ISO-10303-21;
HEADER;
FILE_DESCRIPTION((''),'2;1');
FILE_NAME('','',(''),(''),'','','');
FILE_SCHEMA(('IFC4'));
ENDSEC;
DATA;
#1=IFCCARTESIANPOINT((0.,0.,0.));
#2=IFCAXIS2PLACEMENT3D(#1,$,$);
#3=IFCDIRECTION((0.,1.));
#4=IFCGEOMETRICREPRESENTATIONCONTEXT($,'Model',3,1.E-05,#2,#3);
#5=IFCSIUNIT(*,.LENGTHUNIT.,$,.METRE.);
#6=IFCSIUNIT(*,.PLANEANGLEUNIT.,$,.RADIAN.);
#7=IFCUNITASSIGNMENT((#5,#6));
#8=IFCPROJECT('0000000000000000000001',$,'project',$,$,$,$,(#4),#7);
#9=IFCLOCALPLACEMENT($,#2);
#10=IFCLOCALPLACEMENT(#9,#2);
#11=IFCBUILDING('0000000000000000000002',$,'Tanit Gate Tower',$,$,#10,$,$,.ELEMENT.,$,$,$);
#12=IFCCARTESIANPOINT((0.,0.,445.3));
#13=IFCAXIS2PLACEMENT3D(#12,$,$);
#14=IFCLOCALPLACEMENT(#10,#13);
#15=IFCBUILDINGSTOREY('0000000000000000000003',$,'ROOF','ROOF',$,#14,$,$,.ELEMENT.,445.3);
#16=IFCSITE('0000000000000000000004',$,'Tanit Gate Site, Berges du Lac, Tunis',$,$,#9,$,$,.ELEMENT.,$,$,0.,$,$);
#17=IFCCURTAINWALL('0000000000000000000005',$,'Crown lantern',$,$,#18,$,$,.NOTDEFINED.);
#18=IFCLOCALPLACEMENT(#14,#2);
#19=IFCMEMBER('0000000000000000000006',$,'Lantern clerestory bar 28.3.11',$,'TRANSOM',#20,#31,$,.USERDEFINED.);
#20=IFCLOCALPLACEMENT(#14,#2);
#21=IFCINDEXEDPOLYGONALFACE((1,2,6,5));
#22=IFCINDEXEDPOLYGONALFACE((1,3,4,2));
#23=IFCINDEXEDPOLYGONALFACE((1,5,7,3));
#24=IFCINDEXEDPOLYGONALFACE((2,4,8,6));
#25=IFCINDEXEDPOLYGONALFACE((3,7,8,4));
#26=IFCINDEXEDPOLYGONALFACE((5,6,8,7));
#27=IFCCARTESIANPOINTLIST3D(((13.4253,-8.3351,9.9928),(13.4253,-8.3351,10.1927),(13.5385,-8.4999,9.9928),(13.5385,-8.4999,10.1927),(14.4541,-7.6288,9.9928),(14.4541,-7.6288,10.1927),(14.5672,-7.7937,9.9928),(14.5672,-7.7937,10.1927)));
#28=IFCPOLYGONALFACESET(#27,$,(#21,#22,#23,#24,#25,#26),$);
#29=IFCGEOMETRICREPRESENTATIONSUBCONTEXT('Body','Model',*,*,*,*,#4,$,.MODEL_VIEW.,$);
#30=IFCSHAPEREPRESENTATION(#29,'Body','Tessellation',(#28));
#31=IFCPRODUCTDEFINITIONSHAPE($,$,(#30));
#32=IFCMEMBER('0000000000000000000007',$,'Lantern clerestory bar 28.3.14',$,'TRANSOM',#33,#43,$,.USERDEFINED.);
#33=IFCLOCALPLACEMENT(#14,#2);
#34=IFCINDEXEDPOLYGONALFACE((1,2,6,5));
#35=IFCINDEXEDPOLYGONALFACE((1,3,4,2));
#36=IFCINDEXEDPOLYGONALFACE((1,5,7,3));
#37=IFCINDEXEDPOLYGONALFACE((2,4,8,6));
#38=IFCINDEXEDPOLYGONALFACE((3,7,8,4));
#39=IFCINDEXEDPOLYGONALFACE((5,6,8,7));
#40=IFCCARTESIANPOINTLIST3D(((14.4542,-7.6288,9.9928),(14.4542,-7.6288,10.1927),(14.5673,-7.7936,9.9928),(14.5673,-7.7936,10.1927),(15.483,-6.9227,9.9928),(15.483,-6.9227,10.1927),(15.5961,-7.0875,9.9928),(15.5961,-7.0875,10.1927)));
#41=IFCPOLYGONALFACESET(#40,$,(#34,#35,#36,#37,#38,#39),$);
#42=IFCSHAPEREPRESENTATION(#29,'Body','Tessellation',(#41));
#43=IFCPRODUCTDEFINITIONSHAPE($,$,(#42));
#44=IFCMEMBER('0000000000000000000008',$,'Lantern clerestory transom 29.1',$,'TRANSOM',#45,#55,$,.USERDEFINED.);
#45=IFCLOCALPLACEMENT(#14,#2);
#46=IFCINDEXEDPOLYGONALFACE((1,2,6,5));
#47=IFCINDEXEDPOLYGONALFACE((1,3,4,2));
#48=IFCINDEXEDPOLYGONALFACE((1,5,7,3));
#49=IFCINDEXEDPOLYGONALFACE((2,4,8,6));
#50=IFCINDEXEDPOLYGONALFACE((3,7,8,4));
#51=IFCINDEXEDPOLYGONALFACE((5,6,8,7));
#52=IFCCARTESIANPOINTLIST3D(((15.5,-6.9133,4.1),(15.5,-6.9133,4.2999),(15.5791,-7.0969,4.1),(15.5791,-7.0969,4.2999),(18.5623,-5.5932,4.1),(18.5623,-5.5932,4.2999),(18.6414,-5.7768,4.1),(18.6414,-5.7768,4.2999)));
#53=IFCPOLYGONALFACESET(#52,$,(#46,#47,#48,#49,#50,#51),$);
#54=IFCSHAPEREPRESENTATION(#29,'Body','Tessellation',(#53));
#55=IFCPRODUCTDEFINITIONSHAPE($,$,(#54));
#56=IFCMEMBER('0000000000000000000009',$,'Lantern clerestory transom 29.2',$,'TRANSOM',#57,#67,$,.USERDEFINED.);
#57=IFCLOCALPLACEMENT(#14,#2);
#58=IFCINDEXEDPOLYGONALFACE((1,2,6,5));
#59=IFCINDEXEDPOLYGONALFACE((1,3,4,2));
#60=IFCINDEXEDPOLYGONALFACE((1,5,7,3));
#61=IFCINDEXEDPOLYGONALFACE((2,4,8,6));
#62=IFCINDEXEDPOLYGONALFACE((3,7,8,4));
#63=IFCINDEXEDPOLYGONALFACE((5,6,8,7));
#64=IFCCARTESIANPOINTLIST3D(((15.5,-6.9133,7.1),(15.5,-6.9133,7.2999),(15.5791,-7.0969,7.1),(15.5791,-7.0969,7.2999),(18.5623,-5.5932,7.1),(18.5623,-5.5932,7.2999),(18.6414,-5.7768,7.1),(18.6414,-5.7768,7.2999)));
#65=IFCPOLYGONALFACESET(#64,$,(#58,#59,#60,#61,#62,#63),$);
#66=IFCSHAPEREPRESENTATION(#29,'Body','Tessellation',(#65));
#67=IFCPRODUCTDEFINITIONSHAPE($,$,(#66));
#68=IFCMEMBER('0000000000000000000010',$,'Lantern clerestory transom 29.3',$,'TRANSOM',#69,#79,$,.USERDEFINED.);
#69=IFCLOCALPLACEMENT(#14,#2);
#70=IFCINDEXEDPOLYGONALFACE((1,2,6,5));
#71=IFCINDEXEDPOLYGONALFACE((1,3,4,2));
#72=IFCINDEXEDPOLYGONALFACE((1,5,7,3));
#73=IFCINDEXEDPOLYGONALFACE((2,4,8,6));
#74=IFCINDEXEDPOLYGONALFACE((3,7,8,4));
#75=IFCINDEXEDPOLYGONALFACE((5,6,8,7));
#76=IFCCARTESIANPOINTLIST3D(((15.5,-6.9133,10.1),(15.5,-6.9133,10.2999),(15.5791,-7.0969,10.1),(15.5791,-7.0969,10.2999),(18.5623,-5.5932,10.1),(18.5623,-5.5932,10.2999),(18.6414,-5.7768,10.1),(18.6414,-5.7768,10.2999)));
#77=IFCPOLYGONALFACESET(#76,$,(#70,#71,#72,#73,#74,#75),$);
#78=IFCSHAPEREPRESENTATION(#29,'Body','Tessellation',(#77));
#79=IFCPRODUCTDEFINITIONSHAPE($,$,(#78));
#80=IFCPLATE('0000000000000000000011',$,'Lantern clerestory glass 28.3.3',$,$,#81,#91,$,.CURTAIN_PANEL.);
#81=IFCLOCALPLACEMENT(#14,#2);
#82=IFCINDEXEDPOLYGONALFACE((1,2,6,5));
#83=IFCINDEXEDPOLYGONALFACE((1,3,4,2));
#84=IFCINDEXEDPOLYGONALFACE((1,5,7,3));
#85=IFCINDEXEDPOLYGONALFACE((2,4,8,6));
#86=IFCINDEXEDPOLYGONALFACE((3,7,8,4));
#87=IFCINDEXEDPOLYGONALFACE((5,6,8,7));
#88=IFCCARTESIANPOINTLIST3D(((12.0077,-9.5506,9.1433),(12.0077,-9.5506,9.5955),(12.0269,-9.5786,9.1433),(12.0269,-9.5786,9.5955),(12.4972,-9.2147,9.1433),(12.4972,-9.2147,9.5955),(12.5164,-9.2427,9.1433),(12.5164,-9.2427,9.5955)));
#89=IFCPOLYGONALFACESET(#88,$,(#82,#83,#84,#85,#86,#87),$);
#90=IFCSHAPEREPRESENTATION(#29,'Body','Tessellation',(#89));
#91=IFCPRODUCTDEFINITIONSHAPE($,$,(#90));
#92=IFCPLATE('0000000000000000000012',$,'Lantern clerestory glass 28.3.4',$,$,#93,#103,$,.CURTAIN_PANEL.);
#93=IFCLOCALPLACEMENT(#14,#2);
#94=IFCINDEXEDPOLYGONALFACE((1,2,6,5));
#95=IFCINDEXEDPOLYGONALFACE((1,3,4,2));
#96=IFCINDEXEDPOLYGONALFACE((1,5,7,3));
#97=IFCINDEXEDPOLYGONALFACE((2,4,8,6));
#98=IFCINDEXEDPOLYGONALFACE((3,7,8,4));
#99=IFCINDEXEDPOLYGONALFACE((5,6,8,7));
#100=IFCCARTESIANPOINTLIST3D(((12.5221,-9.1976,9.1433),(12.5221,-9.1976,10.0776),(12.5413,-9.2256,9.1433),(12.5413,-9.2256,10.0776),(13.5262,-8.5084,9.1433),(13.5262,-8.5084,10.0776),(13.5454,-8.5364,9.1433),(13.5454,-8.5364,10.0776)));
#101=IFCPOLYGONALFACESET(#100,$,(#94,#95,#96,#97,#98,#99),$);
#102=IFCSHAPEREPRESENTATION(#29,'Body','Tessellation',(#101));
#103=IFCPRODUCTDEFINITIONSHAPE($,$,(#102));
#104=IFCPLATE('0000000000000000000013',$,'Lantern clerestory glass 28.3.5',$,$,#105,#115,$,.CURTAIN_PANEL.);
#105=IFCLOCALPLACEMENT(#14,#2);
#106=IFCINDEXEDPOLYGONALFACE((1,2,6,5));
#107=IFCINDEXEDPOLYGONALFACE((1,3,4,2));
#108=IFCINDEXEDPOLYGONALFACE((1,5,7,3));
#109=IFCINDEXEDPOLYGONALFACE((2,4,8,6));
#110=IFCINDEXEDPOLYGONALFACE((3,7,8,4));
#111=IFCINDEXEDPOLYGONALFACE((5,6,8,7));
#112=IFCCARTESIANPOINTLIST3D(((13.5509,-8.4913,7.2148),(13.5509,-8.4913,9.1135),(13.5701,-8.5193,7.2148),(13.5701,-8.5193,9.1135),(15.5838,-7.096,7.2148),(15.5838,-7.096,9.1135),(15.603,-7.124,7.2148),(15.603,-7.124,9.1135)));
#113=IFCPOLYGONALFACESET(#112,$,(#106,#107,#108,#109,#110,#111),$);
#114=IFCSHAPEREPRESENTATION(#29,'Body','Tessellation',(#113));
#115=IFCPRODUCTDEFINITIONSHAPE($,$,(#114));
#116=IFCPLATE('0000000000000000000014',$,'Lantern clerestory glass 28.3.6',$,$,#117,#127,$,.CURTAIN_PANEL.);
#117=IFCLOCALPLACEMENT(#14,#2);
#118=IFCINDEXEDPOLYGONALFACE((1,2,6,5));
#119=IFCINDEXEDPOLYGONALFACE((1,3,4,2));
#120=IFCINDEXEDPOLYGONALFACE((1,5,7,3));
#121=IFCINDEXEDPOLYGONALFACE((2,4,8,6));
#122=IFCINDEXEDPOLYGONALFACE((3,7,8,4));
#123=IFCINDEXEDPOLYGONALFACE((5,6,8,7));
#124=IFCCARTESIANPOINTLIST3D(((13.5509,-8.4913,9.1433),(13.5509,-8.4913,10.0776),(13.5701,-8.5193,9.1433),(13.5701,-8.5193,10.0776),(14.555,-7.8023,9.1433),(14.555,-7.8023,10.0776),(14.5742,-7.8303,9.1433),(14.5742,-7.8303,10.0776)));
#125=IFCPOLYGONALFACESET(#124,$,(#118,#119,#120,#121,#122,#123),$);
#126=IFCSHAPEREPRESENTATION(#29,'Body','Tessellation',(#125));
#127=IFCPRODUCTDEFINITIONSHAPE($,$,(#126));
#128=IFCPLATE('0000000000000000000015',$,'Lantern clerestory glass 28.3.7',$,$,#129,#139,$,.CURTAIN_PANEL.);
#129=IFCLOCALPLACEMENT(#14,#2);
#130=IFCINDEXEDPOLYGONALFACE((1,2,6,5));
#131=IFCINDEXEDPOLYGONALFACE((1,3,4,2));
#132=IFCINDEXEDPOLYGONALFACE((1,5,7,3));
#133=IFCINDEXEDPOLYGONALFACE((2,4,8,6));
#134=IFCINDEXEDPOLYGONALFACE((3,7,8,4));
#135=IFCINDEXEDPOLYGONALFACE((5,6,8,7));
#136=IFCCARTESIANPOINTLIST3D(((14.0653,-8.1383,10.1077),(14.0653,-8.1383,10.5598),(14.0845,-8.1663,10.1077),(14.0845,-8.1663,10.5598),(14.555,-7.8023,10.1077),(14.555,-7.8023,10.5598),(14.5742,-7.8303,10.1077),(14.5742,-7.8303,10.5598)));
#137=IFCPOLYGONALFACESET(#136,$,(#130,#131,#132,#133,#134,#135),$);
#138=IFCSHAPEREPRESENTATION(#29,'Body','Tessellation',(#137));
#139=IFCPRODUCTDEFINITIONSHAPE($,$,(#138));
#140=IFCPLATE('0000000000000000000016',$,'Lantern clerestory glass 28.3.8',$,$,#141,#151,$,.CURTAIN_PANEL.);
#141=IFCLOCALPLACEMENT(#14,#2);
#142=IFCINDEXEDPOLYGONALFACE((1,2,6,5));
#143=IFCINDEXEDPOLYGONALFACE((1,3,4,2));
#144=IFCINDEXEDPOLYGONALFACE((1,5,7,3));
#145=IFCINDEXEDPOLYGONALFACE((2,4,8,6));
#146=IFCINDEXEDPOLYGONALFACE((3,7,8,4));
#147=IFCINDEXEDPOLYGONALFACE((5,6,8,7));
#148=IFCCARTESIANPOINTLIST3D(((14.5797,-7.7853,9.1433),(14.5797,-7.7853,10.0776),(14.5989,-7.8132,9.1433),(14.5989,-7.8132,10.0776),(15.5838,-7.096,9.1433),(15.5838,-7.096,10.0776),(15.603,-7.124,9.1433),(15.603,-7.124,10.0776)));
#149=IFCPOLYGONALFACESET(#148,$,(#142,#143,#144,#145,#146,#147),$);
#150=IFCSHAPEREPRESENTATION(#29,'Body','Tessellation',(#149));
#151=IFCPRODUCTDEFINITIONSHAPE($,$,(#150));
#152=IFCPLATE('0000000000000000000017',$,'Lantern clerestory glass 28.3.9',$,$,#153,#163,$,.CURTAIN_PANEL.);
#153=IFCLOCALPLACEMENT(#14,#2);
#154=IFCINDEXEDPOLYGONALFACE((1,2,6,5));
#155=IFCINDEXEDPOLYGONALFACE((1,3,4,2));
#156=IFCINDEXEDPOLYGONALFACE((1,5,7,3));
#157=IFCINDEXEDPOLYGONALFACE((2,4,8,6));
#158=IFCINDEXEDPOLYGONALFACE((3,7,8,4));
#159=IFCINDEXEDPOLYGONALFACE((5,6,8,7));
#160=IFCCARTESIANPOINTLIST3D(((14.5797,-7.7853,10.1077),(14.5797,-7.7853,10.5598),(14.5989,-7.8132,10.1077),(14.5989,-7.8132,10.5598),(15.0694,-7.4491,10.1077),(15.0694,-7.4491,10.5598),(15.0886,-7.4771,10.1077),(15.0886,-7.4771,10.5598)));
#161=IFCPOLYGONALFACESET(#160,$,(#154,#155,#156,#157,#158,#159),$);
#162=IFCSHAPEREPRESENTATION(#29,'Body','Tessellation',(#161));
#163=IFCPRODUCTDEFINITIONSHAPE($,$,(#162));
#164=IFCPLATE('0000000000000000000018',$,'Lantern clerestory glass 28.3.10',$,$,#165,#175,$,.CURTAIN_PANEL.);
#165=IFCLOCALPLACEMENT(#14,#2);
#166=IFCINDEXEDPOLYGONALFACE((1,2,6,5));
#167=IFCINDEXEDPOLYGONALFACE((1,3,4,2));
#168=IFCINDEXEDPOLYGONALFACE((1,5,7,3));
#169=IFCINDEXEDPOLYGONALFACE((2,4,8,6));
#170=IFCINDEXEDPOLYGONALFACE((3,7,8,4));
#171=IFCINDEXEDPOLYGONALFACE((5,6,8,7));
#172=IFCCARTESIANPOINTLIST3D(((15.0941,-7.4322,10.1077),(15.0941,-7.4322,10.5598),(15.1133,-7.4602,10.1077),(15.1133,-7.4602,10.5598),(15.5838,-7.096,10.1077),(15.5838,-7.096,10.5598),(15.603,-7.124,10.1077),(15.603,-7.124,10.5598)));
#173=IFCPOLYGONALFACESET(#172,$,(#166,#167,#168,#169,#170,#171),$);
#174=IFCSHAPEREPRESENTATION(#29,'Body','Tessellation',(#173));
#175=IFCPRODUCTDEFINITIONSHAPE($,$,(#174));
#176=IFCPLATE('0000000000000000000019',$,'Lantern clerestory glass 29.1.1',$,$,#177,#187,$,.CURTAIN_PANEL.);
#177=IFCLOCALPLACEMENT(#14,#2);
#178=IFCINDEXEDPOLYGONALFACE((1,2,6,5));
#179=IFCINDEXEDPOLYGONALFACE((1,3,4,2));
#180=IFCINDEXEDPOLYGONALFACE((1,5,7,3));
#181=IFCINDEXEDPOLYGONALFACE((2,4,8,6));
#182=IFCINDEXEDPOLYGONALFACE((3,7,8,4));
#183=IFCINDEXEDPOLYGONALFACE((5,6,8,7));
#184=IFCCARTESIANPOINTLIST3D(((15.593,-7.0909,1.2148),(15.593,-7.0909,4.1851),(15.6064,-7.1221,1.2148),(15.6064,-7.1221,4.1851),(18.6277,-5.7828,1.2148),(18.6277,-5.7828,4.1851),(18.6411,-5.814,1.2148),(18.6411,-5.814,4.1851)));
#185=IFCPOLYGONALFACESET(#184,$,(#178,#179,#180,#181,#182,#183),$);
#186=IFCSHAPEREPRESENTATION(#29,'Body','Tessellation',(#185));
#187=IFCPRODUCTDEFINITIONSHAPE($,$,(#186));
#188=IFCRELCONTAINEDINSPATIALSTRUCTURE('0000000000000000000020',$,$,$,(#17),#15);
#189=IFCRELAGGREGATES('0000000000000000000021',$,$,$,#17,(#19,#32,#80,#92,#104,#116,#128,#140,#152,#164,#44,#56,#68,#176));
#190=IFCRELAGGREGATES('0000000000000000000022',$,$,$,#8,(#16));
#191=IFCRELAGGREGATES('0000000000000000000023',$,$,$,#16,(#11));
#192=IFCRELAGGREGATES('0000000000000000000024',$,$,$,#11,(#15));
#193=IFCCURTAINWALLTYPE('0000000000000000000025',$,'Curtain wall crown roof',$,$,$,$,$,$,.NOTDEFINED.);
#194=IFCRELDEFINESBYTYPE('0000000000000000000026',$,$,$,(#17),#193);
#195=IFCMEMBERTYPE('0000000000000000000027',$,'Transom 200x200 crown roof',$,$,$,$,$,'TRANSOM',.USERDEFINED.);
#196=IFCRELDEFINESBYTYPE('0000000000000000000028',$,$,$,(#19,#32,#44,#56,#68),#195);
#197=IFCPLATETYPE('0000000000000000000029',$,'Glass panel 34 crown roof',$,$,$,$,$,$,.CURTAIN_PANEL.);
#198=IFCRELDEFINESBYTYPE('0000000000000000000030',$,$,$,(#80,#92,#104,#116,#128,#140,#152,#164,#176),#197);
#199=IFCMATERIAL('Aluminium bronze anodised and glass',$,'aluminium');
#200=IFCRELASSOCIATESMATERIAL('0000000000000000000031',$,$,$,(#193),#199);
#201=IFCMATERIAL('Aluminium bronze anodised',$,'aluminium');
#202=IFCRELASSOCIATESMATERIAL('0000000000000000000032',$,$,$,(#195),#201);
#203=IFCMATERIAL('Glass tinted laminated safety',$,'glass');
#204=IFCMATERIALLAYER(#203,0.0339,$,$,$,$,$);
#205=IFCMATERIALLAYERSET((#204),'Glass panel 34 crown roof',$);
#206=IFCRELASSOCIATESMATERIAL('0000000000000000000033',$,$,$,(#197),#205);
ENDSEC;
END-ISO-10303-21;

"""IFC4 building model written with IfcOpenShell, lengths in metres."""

from ifc_helpers import new_model, si_unit, direction, frame, origin, origin_2d, place, context, subcontext, project, spatial, polyline, rectangle, outline, extrude, material, layer, layer_set, material_profile, profile_set, type_object, element, aggregate, save


model = new_model("IFC4")

# Units and contexts
model_context = context("Model", 3, precision=1e-05, world=origin(), true_north=direction((0.0, 1.0)))
body_context = subcontext(model_context, "Body", "Model", "MODEL_VIEW")
ifc_project = project(units=[si_unit("LENGTHUNIT", "METRE"), si_unit("PLANEANGLEUNIT", "RADIAN")], contexts=[model_context])

# Site, building, storey
site_placement = place(None, origin())
site = spatial("IfcSite", under=ifc_project, at=site_placement, Name="Tanit Gate Site, Berges du Lac, Tunis", CompositionType="ELEMENT", RefElevation=0.0)
building_placement = place(site_placement, origin())
building = spatial("IfcBuilding", under=site, at=building_placement, Name="Tanit Gate Tower", CompositionType="ELEMENT")
storey_placement = place(building_placement, frame((0.0, 0.0, 445.3)))
storey = spatial("IfcBuildingStorey", under=building, at=storey_placement, Name="ROOF", Description="ROOF", CompositionType="ELEMENT", Elevation=445.3)

# Curtain wall, members, plates
ifc_material_1 = material(Name="Aluminium bronze anodised and glass", Category="aluminium")
curtain_wall_type = type_object("IfcCurtainWallType", Name="Curtain wall crown roof", PredefinedType="NOTDEFINED", material=ifc_material_1)
curtain_wall_placement = place(storey_placement, origin())
curtain_wall = element("IfcCurtainWall", 1, at=curtain_wall_placement, inside=storey, type_object=curtain_wall_type, Name="Crown lantern", PredefinedType="NOTDEFINED")
ifc_material_2 = material(Name="Aluminium bronze anodised", Category="aluminium")
ifc_material_profile_1 = material_profile(ifc_material_2, rectangle(XDim=0.2, YDim=0.2, at=origin_2d()), Name="200x200 bronze transom")
ifc_profile_set_1 = profile_set([ifc_material_profile_1], Name="Aluminium bronze anodised")
member_type_1 = type_object("IfcMemberType", Name="Transom 200x200 crown roof", ElementType="TRANSOM", PredefinedType="USERDEFINED", material=ifc_profile_set_1)
member_1_placement = place(storey_placement, frame((13.4819, -8.4175, 10.0928), z_axis=(0.824418, 0.565981, 0.0), x_axis=(-0.565981, 0.824418, 0.0)))
member_1 = element("IfcMember", 2, at=member_1_placement, type_object=member_type_1, Name="Lantern clerestory bar 28.3.11", ObjectType="TRANSOM", PredefinedType="USERDEFINED", context=body_context, shape_type="SweptSolid", body=[
    extrude(rectangle(XDim=0.2, YDim=0.2, at=origin_2d()), origin(), (0.0, 0.0, 1.0), 1.2478),
])
member_2_placement = place(storey_placement, frame((14.5107, -7.7112, 10.0928), z_axis=(0.82451, 0.565848, 0.0), x_axis=(-0.565848, 0.82451, 0.0)))
member_2 = element("IfcMember", 3, at=member_2_placement, type_object=member_type_1, Name="Lantern clerestory bar 28.3.14", ObjectType="TRANSOM", PredefinedType="USERDEFINED", context=body_context, shape_type="SweptSolid", body=[
    extrude(rectangle(XDim=0.2, YDim=0.2, at=origin_2d()), origin(), (0.0, 0.0, 1.0), 1.2478),
])
member_3_placement = place(storey_placement, frame((15.5396, -7.0051, 4.2), z_axis=(0.91831, 0.395862, 0.0), x_axis=(-0.395862, 0.91831, 0.0)))
member_3 = element("IfcMember", 4, at=member_3_placement, type_object=member_type_1, Name="Lantern clerestory transom 29.1", ObjectType="TRANSOM", PredefinedType="USERDEFINED", context=body_context, shape_type="SweptSolid", body=[
    extrude(rectangle(XDim=0.2, YDim=0.2, at=origin_2d()), origin(), (0.0, 0.0, 1.0), 3.3347),
])
member_4_placement = place(storey_placement, frame((15.5396, -7.0051, 7.2), z_axis=(0.91831, 0.395862, 0.0), x_axis=(-0.395862, 0.91831, 0.0)))
member_4 = element("IfcMember", 5, at=member_4_placement, type_object=member_type_1, Name="Lantern clerestory transom 29.2", ObjectType="TRANSOM", PredefinedType="USERDEFINED", context=body_context, shape_type="SweptSolid", body=[
    extrude(rectangle(XDim=0.2, YDim=0.2, at=origin_2d()), origin(), (0.0, 0.0, 1.0), 3.3347),
])
member_5_placement = place(storey_placement, frame((15.5396, -7.0051, 10.2), z_axis=(0.91831, 0.395862, 0.0), x_axis=(-0.395862, 0.91831, 0.0)))
member_5 = element("IfcMember", 6, at=member_5_placement, type_object=member_type_1, Name="Lantern clerestory transom 29.3", ObjectType="TRANSOM", PredefinedType="USERDEFINED", context=body_context, shape_type="SweptSolid", body=[
    extrude(rectangle(XDim=0.2, YDim=0.2, at=origin_2d()), origin(), (0.0, 0.0, 1.0), 3.3347),
])
ifc_material_3 = material(Name="Glass tinted laminated safety", Category="glass")
ifc_layer_1 = layer(ifc_material_3, 0.0339)
ifc_layer_set_1 = layer_set([ifc_layer_1], Name="Glass panel 34 crown roof")
plate_type = type_object("IfcPlateType", Name="Glass panel 34 crown roof", PredefinedType="CURTAIN_PANEL", material=ifc_layer_set_1)
plate_1_placement = place(storey_placement, frame((12.0269, -9.5786, 9.1433), z_axis=(0.565848, -0.82451, 0.0), x_axis=(0.82451, 0.565848, 0.0)))
plate_1 = element("IfcPlate", 7, at=plate_1_placement, type_object=plate_type, Name="Lantern clerestory glass 28.3.3", PredefinedType="CURTAIN_PANEL", context=body_context, shape_type="SweptSolid", body=[
    extrude(outline(polyline([(0.0, 0.0), (0.5937, 0.0), (0.5937, 0.4521), (0.0, 0.4521), (0.0, 0.0)])), origin(), (0.0, 0.0, -1.0), 0.0339),
])
plate_2_placement = place(storey_placement, frame((12.5413, -9.2256, 9.1433), z_axis=(0.565891, -0.82448, 0.0), x_axis=(0.82448, 0.565891, 0.0)))
plate_2 = element("IfcPlate", 8, at=plate_2_placement, type_object=plate_type, Name="Lantern clerestory glass 28.3.4", PredefinedType="CURTAIN_PANEL", context=body_context, shape_type="SweptSolid", body=[
    extrude(outline(polyline([(0.0, 0.0), (1.2179, 0.0), (1.2179, 0.9343), (0.0, 0.9343), (0.0, 0.0)])), origin(), (0.0, 0.0, -1.0), 0.0339),
])
plate_3_placement = place(storey_placement, frame((13.5701, -8.5193, 7.2148), z_axis=(0.565869, -0.824495, 0.0), x_axis=(0.824495, 0.565869, 0.0)))
plate_3 = element("IfcPlate", 9, at=plate_3_placement, type_object=plate_type, Name="Lantern clerestory glass 28.3.5", PredefinedType="CURTAIN_PANEL", context=body_context, shape_type="SweptSolid", body=[
    extrude(outline(polyline([(0.0, 0.0), (2.4657, 0.0), (2.4657, 1.8987), (0.0, 1.8987), (0.0, 0.0)])), origin(), (0.0, 0.0, -1.0), 0.0339),
])
plate_4_placement = place(storey_placement, frame((13.5701, -8.5193, 9.1433), z_axis=(0.565754, -0.824574, 0.0), x_axis=(0.824574, 0.565754, 0.0)))
plate_4 = element("IfcPlate", 10, at=plate_4_placement, type_object=plate_type, Name="Lantern clerestory glass 28.3.6", PredefinedType="CURTAIN_PANEL", context=body_context, shape_type="SweptSolid", body=[
    extrude(outline(polyline([(0.0, 0.0), (1.2178, 0.0), (1.2178, 0.9343), (0.0, 0.9343), (0.0, 0.0)])), origin(), (0.0, 0.0, -1.0), 0.0339),
])
plate_5_placement = place(storey_placement, frame((14.0845, -8.1663, 10.1077), z_axis=(0.565656, -0.824641, 0.0), x_axis=(0.824641, 0.565656, 0.0)))
plate_5 = element("IfcPlate", 11, at=plate_5_placement, type_object=plate_type, Name="Lantern clerestory glass 28.3.7", PredefinedType="CURTAIN_PANEL", context=body_context, shape_type="SweptSolid", body=[
    extrude(outline(polyline([(0.0, 0.0), (0.5939, 0.0), (0.5939, 0.4521), (0.0, 0.4521), (0.0, 0.0)])), origin(), (0.0, 0.0, -1.0), 0.0339),
])
plate_6_placement = place(storey_placement, frame((14.5989, -7.8132, 9.1433), z_axis=(0.565891, -0.82448, 0.0), x_axis=(0.82448, 0.565891, 0.0)))
plate_6 = element("IfcPlate", 12, at=plate_6_placement, type_object=plate_type, Name="Lantern clerestory glass 28.3.8", PredefinedType="CURTAIN_PANEL", context=body_context, shape_type="SweptSolid", body=[
    extrude(outline(polyline([(0.0, 0.0), (1.2179, 0.0), (1.2179, 0.9343), (0.0, 0.9343), (0.0, 0.0)])), origin(), (0.0, 0.0, -1.0), 0.0339),
])
plate_7_placement = place(storey_placement, frame((14.5989, -7.8132, 10.1077), z_axis=(0.565936, -0.824449, 0.0), x_axis=(0.824449, 0.565936, 0.0)))
plate_7 = element("IfcPlate", 13, at=plate_7_placement, type_object=plate_type, Name="Lantern clerestory glass 28.3.9", PredefinedType="CURTAIN_PANEL", context=body_context, shape_type="SweptSolid", body=[
    extrude(outline(polyline([(0.0, 0.0), (0.594, 0.0), (0.594, 0.4521), (0.0, 0.4521), (0.0, 0.0)])), origin(), (0.0, 0.0, -1.0), 0.0339),
])
plate_8_placement = place(storey_placement, frame((15.1133, -7.4602, 10.1077), z_axis=(0.565936, -0.824449, 0.0), x_axis=(0.824449, 0.565936, 0.0)))
plate_8 = element("IfcPlate", 14, at=plate_8_placement, type_object=plate_type, Name="Lantern clerestory glass 28.3.10", PredefinedType="CURTAIN_PANEL", context=body_context, shape_type="SweptSolid", body=[
    extrude(outline(polyline([(0.0, 0.0), (0.594, 0.0), (0.594, 0.4521), (0.0, 0.4521), (0.0, 0.0)])), origin(), (0.0, 0.0, -1.0), 0.0339),
])
plate_9_placement = place(storey_placement, frame((15.6064, -7.1221, 1.2148), z_axis=(0.395844, -0.918318, 0.0), x_axis=(0.918318, 0.395844, 0.0)))
plate_9 = element("IfcPlate", 15, at=plate_9_placement, type_object=plate_type, Name="Lantern clerestory glass 29.1.1", PredefinedType="CURTAIN_PANEL", context=body_context, shape_type="SweptSolid", body=[
    extrude(outline(polyline([(0.0, 0.0), (3.3046, 0.0), (3.3046, 2.9702), (0.0, 2.9702), (0.0, 0.0)])), origin(), (0.0, 0.0, -1.0), 0.0339),
])
aggregate(curtain_wall, [member_1, member_2, plate_1, plate_2, plate_3, plate_4, plate_5, plate_6, plate_7, plate_8, member_3, member_4, member_5, plate_9])

save(model, "model.ifc")
